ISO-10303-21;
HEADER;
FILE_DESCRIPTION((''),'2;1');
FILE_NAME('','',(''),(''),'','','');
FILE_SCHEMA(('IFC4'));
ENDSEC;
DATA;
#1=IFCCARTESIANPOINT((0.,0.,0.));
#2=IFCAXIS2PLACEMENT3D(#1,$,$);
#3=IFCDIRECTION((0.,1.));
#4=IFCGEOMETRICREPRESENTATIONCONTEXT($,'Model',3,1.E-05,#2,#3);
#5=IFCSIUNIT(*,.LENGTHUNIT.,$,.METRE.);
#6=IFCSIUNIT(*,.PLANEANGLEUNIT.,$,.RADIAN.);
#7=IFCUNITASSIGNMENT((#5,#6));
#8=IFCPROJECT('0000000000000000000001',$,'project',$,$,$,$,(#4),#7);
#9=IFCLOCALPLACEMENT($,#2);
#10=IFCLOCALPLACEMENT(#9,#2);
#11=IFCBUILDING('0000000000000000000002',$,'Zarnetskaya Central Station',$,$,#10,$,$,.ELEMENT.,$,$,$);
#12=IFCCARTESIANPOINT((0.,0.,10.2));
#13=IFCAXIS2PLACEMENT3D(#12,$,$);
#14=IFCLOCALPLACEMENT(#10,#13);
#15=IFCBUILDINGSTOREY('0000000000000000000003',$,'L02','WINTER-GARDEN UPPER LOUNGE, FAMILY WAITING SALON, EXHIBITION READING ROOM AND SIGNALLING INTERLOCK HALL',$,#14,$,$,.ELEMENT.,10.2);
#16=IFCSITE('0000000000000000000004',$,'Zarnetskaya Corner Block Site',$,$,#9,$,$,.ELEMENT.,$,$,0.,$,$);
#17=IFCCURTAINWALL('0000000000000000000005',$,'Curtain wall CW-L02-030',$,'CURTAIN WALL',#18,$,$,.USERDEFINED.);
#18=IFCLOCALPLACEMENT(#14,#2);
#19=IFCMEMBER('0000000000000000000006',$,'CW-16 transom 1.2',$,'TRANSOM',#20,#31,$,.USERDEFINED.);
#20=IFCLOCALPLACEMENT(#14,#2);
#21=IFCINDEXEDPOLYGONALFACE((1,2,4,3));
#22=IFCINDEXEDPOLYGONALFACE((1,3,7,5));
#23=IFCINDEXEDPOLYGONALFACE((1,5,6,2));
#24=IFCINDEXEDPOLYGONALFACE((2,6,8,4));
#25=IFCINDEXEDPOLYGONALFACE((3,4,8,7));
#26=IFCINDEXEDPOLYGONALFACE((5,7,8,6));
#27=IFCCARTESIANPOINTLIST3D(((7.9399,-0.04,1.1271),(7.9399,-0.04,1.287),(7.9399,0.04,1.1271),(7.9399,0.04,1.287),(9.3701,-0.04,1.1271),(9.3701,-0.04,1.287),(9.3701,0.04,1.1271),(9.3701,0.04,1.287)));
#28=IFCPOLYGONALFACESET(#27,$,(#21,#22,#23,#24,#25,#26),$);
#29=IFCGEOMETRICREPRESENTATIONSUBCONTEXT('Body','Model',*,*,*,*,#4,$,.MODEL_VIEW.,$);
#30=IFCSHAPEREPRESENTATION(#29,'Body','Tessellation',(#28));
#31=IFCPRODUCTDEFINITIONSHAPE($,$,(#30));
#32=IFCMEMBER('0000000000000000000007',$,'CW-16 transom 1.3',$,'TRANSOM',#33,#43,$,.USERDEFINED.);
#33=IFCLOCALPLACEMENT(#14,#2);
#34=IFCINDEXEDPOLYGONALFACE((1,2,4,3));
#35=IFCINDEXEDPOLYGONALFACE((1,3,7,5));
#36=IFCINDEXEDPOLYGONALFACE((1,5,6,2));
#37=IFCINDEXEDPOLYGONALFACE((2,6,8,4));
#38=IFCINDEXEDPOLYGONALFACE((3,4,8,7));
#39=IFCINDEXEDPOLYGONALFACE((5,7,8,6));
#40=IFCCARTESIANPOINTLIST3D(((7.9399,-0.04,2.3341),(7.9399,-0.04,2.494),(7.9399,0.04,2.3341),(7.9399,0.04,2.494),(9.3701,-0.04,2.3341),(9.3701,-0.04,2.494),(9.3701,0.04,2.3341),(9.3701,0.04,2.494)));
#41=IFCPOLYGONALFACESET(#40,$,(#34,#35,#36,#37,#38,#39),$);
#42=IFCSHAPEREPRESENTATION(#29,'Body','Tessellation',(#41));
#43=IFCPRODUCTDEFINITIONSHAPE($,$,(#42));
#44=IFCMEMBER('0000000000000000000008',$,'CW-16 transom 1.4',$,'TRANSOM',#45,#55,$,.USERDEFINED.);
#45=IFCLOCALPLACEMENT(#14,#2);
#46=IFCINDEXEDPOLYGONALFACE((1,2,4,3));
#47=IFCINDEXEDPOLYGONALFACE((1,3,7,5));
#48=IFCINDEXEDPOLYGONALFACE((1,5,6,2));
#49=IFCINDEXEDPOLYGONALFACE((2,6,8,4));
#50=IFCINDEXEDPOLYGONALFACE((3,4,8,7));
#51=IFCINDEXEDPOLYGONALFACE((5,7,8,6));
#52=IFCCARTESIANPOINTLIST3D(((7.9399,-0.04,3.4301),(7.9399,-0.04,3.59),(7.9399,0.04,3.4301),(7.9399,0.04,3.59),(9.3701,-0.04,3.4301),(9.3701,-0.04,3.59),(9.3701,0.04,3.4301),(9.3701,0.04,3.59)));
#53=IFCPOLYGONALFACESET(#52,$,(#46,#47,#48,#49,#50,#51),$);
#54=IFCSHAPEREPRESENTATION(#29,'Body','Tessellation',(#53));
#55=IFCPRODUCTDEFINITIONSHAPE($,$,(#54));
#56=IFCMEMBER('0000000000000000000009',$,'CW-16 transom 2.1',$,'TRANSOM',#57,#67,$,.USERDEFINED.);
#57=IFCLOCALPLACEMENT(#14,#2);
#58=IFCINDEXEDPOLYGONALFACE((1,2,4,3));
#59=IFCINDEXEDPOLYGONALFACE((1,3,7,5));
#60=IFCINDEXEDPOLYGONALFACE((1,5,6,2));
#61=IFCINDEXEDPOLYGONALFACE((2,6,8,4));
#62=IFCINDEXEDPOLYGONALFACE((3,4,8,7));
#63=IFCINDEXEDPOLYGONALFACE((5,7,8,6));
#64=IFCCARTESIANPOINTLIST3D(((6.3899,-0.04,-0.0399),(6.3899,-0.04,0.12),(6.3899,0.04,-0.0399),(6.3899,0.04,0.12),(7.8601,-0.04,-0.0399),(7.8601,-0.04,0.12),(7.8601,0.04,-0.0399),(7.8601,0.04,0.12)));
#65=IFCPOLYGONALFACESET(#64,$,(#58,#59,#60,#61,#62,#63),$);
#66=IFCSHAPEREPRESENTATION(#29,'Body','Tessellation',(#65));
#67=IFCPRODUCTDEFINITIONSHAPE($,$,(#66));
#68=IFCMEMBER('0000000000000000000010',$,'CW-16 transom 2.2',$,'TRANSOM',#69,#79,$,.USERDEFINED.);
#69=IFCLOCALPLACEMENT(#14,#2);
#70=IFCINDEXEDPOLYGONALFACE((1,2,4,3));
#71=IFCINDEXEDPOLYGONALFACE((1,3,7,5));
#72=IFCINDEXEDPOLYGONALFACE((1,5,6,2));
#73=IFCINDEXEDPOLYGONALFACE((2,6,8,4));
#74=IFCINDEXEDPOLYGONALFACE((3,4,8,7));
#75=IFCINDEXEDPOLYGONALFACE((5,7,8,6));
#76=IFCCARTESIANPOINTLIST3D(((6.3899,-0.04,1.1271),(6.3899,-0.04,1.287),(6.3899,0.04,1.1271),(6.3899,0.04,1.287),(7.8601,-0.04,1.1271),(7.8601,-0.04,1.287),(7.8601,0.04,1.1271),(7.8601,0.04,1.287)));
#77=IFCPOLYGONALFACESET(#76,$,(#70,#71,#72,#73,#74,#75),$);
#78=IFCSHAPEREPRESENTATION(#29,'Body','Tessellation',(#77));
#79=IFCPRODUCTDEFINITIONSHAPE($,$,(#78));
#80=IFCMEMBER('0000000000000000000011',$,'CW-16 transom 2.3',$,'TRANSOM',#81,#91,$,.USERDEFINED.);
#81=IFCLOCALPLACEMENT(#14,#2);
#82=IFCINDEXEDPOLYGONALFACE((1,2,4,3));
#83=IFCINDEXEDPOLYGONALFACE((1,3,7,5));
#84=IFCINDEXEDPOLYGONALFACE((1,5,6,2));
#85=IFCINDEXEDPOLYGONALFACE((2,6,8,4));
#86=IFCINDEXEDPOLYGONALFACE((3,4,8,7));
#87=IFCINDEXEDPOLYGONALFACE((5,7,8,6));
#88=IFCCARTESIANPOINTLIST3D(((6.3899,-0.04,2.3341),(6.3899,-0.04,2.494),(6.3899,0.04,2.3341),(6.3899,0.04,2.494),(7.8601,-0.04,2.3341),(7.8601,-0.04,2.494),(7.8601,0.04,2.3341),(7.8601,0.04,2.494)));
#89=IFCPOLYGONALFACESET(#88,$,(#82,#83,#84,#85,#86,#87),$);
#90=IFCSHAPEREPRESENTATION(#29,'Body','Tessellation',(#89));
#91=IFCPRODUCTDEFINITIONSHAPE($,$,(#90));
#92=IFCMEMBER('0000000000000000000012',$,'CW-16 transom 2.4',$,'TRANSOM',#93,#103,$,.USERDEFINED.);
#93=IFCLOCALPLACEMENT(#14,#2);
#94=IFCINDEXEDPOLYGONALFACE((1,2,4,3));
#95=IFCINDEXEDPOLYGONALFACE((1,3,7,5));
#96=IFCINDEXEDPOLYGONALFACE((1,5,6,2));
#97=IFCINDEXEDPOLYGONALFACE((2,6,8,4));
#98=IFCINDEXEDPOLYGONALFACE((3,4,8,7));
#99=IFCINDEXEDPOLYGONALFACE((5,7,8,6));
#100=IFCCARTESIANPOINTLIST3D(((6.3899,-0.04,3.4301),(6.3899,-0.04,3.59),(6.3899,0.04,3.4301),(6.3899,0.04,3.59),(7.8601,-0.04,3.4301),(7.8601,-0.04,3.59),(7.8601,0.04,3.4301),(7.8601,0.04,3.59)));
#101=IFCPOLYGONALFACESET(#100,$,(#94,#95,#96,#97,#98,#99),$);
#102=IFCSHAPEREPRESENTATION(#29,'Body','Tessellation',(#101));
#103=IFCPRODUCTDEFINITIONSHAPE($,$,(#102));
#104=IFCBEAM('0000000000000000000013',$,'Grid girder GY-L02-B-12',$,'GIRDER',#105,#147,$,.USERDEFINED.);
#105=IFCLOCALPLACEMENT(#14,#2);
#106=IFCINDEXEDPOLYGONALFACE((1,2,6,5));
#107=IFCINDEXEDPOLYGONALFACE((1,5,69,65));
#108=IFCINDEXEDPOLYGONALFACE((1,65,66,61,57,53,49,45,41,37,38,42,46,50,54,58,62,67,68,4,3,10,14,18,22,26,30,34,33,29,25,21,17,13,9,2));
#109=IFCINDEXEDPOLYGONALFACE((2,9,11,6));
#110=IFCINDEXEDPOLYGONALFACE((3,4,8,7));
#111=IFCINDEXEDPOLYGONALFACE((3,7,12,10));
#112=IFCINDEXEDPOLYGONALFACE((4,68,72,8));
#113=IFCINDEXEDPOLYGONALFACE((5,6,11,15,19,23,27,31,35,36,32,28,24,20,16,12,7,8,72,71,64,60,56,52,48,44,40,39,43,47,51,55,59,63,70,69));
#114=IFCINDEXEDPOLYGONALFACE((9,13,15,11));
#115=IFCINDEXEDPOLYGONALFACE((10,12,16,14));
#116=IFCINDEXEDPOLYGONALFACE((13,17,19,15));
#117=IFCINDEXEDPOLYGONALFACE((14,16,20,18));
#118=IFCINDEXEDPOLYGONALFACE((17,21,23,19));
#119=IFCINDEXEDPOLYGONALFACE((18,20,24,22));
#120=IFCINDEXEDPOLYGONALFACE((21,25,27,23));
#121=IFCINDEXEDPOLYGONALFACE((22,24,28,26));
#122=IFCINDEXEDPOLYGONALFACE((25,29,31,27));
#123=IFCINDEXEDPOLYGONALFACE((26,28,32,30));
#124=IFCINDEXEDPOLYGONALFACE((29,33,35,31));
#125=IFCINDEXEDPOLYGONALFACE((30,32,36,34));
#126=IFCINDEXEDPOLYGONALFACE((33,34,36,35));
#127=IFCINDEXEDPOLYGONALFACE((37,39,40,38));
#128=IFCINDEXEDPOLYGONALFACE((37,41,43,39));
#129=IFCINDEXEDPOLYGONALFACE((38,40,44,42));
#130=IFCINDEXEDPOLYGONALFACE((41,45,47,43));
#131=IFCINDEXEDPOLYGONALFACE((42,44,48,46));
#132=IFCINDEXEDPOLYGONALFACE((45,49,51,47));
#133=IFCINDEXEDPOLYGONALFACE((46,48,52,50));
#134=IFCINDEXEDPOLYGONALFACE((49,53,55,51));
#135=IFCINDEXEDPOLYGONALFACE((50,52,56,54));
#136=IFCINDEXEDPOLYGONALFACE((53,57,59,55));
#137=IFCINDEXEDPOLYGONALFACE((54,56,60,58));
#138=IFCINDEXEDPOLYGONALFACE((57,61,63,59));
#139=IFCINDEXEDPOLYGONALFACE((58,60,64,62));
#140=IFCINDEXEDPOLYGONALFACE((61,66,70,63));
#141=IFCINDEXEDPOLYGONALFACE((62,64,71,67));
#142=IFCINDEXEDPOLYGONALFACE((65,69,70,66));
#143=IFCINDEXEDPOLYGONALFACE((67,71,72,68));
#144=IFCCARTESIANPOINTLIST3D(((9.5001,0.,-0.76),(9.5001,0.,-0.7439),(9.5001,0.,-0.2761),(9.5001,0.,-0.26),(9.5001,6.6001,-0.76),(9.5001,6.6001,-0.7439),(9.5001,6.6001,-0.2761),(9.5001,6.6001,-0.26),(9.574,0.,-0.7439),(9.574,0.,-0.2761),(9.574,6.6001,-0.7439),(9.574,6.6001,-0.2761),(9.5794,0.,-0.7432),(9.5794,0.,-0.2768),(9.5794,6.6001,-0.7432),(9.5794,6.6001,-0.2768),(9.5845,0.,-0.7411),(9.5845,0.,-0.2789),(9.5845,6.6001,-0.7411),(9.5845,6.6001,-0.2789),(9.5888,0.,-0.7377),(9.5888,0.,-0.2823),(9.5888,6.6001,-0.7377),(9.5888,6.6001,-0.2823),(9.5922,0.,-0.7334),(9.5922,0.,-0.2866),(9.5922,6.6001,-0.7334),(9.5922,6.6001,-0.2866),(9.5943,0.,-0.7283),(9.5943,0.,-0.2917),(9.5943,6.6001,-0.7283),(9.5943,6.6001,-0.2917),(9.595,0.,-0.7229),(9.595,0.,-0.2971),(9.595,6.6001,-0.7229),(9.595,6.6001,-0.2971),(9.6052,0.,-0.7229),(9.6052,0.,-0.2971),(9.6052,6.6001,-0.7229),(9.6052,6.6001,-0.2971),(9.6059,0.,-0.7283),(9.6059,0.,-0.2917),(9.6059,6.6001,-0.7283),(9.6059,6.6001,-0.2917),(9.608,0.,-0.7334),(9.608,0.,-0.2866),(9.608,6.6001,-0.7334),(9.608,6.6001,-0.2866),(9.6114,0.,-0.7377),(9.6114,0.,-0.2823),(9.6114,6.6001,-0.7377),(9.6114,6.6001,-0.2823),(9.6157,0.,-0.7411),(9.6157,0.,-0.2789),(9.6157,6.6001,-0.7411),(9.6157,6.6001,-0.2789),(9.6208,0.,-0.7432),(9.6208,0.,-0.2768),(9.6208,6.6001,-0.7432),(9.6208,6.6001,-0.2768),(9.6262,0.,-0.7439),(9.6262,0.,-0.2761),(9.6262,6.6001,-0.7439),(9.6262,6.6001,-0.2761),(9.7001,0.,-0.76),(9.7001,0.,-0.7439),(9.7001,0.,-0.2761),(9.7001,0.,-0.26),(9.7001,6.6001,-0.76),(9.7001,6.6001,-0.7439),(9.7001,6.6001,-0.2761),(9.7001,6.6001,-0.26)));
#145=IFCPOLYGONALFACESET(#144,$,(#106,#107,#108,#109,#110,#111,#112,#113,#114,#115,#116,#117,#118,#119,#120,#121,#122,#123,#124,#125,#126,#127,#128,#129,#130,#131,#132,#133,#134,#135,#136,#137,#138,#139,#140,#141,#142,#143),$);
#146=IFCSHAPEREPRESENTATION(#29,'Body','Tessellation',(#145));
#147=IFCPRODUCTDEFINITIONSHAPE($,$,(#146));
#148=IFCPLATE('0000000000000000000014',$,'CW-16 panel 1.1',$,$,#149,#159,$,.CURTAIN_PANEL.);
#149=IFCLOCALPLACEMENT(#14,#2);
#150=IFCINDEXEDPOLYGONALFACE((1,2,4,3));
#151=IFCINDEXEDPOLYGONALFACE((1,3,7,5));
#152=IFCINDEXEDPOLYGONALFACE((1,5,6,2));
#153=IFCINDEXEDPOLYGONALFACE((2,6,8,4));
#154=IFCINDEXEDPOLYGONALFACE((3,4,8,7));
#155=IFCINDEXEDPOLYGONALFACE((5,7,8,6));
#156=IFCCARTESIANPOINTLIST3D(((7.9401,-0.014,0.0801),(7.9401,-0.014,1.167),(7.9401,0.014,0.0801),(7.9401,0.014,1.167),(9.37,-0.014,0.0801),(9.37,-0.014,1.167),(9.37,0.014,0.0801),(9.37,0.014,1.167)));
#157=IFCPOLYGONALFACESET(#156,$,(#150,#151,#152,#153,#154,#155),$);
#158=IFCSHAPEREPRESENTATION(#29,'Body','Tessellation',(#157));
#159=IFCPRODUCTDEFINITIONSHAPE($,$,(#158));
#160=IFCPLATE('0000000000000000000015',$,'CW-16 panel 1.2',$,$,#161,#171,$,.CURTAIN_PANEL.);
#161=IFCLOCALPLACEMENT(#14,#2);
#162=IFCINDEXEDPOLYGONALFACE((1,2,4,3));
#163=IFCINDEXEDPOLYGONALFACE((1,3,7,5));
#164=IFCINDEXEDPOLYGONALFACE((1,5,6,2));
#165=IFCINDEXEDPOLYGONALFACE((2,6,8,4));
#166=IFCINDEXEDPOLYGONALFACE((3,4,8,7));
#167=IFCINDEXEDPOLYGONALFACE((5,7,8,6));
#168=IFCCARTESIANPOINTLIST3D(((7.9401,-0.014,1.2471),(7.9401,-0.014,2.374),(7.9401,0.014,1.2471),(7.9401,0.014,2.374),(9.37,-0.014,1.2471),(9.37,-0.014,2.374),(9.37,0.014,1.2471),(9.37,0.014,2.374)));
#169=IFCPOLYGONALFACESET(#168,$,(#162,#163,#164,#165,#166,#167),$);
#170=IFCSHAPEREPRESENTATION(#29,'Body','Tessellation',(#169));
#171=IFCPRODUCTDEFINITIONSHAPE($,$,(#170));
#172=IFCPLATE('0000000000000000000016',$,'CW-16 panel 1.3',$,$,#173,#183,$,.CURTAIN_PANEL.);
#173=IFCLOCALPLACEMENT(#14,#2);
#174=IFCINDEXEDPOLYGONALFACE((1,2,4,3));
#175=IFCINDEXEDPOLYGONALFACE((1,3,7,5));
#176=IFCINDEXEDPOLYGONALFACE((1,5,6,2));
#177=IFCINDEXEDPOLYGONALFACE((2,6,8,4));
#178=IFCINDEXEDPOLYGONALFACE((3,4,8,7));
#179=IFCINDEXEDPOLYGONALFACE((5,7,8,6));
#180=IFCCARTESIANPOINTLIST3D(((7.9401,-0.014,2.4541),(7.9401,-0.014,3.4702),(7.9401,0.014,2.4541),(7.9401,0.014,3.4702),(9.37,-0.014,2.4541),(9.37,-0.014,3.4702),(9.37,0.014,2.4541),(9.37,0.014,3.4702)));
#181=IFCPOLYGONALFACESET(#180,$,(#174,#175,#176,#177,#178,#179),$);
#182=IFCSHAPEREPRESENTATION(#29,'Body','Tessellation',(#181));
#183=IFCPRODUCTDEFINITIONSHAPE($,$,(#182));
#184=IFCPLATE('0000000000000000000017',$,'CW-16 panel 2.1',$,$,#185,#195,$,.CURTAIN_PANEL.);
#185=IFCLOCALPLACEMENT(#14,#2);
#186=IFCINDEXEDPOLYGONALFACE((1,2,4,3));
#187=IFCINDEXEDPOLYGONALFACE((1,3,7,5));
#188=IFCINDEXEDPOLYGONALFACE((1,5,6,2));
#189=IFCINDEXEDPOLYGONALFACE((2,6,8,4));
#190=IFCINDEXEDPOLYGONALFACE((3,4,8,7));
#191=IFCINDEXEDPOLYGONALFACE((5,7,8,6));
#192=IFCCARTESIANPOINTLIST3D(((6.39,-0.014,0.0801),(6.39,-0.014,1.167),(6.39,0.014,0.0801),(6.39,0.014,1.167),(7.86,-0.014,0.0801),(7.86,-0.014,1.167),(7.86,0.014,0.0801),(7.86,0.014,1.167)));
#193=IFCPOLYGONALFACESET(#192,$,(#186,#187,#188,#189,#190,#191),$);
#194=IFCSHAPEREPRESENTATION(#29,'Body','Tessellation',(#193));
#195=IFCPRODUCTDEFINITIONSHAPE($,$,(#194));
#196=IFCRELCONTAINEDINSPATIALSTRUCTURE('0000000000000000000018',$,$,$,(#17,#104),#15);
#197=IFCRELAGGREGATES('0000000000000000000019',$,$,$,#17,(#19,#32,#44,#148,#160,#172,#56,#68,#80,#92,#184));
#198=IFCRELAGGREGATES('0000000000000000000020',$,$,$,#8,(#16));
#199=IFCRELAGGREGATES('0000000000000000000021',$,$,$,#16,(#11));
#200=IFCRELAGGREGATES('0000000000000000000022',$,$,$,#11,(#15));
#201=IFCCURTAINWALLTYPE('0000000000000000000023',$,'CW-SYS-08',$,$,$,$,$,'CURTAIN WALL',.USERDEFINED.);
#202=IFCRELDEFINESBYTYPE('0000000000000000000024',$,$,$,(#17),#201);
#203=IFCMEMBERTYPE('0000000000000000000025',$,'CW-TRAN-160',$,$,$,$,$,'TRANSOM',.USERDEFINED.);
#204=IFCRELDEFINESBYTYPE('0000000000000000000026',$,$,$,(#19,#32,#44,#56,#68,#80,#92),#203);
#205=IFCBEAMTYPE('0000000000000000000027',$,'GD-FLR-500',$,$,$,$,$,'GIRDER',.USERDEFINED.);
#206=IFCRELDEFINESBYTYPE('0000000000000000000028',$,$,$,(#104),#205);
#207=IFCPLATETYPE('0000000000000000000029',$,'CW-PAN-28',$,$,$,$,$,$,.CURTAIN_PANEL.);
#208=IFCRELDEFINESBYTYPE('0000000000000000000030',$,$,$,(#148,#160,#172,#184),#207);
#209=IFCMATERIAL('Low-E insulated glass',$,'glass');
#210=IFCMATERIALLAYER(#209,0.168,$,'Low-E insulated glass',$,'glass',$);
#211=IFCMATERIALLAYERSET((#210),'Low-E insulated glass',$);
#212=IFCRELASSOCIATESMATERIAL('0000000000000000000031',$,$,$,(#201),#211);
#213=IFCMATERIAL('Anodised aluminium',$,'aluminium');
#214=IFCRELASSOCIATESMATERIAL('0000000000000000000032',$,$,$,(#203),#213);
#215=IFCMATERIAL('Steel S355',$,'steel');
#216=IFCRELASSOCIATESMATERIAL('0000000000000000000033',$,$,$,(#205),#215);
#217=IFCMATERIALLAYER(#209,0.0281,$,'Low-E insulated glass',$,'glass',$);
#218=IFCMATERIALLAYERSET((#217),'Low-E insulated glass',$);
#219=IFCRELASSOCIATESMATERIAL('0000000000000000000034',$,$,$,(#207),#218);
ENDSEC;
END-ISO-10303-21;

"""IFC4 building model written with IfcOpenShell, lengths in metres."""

from ifc_helpers import new_model, si_unit, direction, frame, origin, origin_2d, place, context, subcontext, project, spatial, rectangle, i_section, extrude, material, layer, layer_set, material_profile, profile_set, type_object, element, aggregate, save


model = new_model("IFC4")

# Units and contexts
model_context = context("Model", 3, precision=1e-05, world=origin(), true_north=direction((0.0, 1.0)))
body_context = subcontext(model_context, "Body", "Model", "MODEL_VIEW")
ifc_project = project(units=[si_unit("LENGTHUNIT", "METRE"), si_unit("PLANEANGLEUNIT", "RADIAN")], contexts=[model_context])

# Site, building, storey
site_placement = place(None, origin())
site = spatial("IfcSite", under=ifc_project, at=site_placement, Name="Zarnetskaya Corner Block Site", CompositionType="ELEMENT", RefElevation=0.0)
building_placement = place(site_placement, origin())
building = spatial("IfcBuilding", under=site, at=building_placement, Name="Zarnetskaya Central Station", CompositionType="ELEMENT")
storey_placement = place(building_placement, frame((0.0, 0.0, 10.2)))
storey = spatial("IfcBuildingStorey", under=building, at=storey_placement, Name="L02", Description="WINTER-GARDEN UPPER LOUNGE, FAMILY WAITING SALON, EXHIBITION READING ROOM AND SIGNALLING INTERLOCK HALL", CompositionType="ELEMENT", Elevation=10.2)

# Shared definitions
ifc_material_1 = material(Name="Steel S355", Category="steel")

# Shared definitions
ifc_material_2 = material(Name="Low-E insulated glass", Category="glass")
ifc_material_3 = material(Name="Anodised aluminium", Category="aluminium")

# Curtain wall
ifc_layer_1 = layer(ifc_material_2, 0.168, Name="Low-E insulated glass", Category="glass")
ifc_layer_set_1 = layer_set([ifc_layer_1], Name="Low-E insulated glass")
curtain_wall_type_1 = type_object("IfcCurtainWallType", Name="CW-SYS-08", ElementType="CURTAIN WALL", PredefinedType="USERDEFINED", material=ifc_layer_set_1)
curtain_wall_1_placement = place(storey_placement, origin())
curtain_wall_1 = element("IfcCurtainWall", 1, at=curtain_wall_1_placement, inside=storey, type_object=curtain_wall_type_1, Name="Curtain wall CW-L02-030", ObjectType="CURTAIN WALL", PredefinedType="USERDEFINED")

# Members
ifc_material_profile_1 = material_profile(ifc_material_3, rectangle(XDim=0.0801, YDim=0.1599, at=origin_2d()), Name="ALU TRAN 80x160")
ifc_profile_set_1 = profile_set([ifc_material_profile_1], Name="Anodised aluminium")
member_type_1 = type_object("IfcMemberType", Name="CW-TRAN-160", ElementType="TRANSOM", PredefinedType="USERDEFINED", material=ifc_profile_set_1)
member_1_placement = place(storey_placement, frame((9.3701, 0.0, 1.207), z_axis=(-1.0, 0.0, 0.0), x_axis=(0.0, -1.0, 0.0)))
member_1 = element("IfcMember", 2, at=member_1_placement, type_object=member_type_1, Name="CW-16 transom 1.2", ObjectType="TRANSOM", PredefinedType="USERDEFINED", context=body_context, shape_type="SweptSolid", body=[
    extrude(rectangle(XDim=0.0801, YDim=0.1599, at=origin_2d()), origin(), (0.0, 0.0, 1.0), 1.4302),
])
member_2_placement = place(storey_placement, frame((9.3701, 0.0, 2.4141), z_axis=(-1.0, 0.0, 0.0), x_axis=(0.0, -1.0, 0.0)))
member_2 = element("IfcMember", 3, at=member_2_placement, type_object=member_type_1, Name="CW-16 transom 1.3", ObjectType="TRANSOM", PredefinedType="USERDEFINED", context=body_context, shape_type="SweptSolid", body=[
    extrude(rectangle(XDim=0.0801, YDim=0.1599, at=origin_2d()), origin(), (0.0, 0.0, 1.0), 1.4302),
])
member_3_placement = place(storey_placement, frame((9.3701, 0.0, 3.51), z_axis=(-1.0, 0.0, 0.0), x_axis=(0.0, -1.0, 0.0)))
member_3 = element("IfcMember", 4, at=member_3_placement, type_object=member_type_1, Name="CW-16 transom 1.4", ObjectType="TRANSOM", PredefinedType="USERDEFINED", context=body_context, shape_type="SweptSolid", body=[
    extrude(rectangle(XDim=0.0801, YDim=0.1599, at=origin_2d()), origin(), (0.0, 0.0, 1.0), 1.4302),
])
member_4_placement = place(storey_placement, frame((7.8601, 0.0, 0.04), z_axis=(-1.0, 0.0, 0.0), x_axis=(0.0, -1.0, 0.0)))
member_4 = element("IfcMember", 5, at=member_4_placement, type_object=member_type_1, Name="CW-16 transom 2.1", ObjectType="TRANSOM", PredefinedType="USERDEFINED", context=body_context, shape_type="SweptSolid", body=[
    extrude(rectangle(XDim=0.0801, YDim=0.1599, at=origin_2d()), origin(), (0.0, 0.0, 1.0), 1.4702),
])
member_5_placement = place(storey_placement, frame((7.8601, 0.0, 1.207), z_axis=(-1.0, 0.0, 0.0), x_axis=(0.0, -1.0, 0.0)))
member_5 = element("IfcMember", 6, at=member_5_placement, type_object=member_type_1, Name="CW-16 transom 2.2", ObjectType="TRANSOM", PredefinedType="USERDEFINED", context=body_context, shape_type="SweptSolid", body=[
    extrude(rectangle(XDim=0.0801, YDim=0.1599, at=origin_2d()), origin(), (0.0, 0.0, 1.0), 1.4702),
])
member_6_placement = place(storey_placement, frame((7.8601, 0.0, 2.4141), z_axis=(-1.0, 0.0, 0.0), x_axis=(0.0, -1.0, 0.0)))
member_6 = element("IfcMember", 7, at=member_6_placement, type_object=member_type_1, Name="CW-16 transom 2.3", ObjectType="TRANSOM", PredefinedType="USERDEFINED", context=body_context, shape_type="SweptSolid", body=[
    extrude(rectangle(XDim=0.0801, YDim=0.1599, at=origin_2d()), origin(), (0.0, 0.0, 1.0), 1.4702),
])
member_7_placement = place(storey_placement, frame((7.8601, 0.0, 3.51), z_axis=(-1.0, 0.0, 0.0), x_axis=(0.0, -1.0, 0.0)))
member_7 = element("IfcMember", 8, at=member_7_placement, type_object=member_type_1, Name="CW-16 transom 2.4", ObjectType="TRANSOM", PredefinedType="USERDEFINED", context=body_context, shape_type="SweptSolid", body=[
    extrude(rectangle(XDim=0.0801, YDim=0.1599, at=origin_2d()), origin(), (0.0, 0.0, 1.0), 1.4702),
])

# Beam
ifc_material_profile_2 = material_profile(ifc_material_1, i_section(OverallWidth=0.2, OverallDepth=0.5, WebThickness=0.0103, FlangeThickness=0.0161, FilletRadius=0.021, at=origin_2d()), Name="IPE 500")
ifc_profile_set_2 = profile_set([ifc_material_profile_2], Name="Steel S355")
beam_type_1 = type_object("IfcBeamType", Name="GD-FLR-500", ElementType="GIRDER", PredefinedType="USERDEFINED", material=ifc_profile_set_2)
beam_1_placement = place(storey_placement, frame((9.6001, 0.0, -0.51), z_axis=(0.0, 1.0, 0.0), x_axis=(-1.0, 0.0, 0.0)))
element("IfcBeam", 9, at=beam_1_placement, inside=storey, type_object=beam_type_1, Name="Grid girder GY-L02-B-12", ObjectType="GIRDER", PredefinedType="USERDEFINED", context=body_context, shape_type="SweptSolid", body=[
    extrude(i_section(OverallWidth=0.2, OverallDepth=0.5, WebThickness=0.0103, FlangeThickness=0.0161, FilletRadius=0.021, at=origin_2d()), origin(), (0.0, 0.0, 1.0), 6.6001),
])

# Plates
ifc_layer_2 = layer(ifc_material_2, 0.0281, Name="Low-E insulated glass", Category="glass")
ifc_layer_set_2 = layer_set([ifc_layer_2], Name="Low-E insulated glass")
plate_type_1 = type_object("IfcPlateType", Name="CW-PAN-28", PredefinedType="CURTAIN_PANEL", material=ifc_layer_set_2)
plate_1_placement = place(storey_placement, frame((8.655, 0.0, 0.0801), z_axis=(0.0, 0.0, 1.0), x_axis=(-1.0, 0.0, 0.0)))
plate_1 = element("IfcPlate", 10, at=plate_1_placement, type_object=plate_type_1, Name="CW-16 panel 1.1", PredefinedType="CURTAIN_PANEL", context=body_context, shape_type="SweptSolid", body=[
    extrude(rectangle(XDim=1.4299, YDim=0.0281, at=origin_2d()), origin(), (0.0, 0.0, 1.0), 1.0869),
])
plate_2_placement = place(storey_placement, frame((8.655, 0.0, 1.2471), z_axis=(0.0, 0.0, 1.0), x_axis=(-1.0, 0.0, 0.0)))
plate_2 = element("IfcPlate", 11, at=plate_2_placement, type_object=plate_type_1, Name="CW-16 panel 1.2", PredefinedType="CURTAIN_PANEL", context=body_context, shape_type="SweptSolid", body=[
    extrude(rectangle(XDim=1.4299, YDim=0.0281, at=origin_2d()), origin(), (0.0, 0.0, 1.0), 1.127),
])
plate_3_placement = place(storey_placement, frame((8.655, 0.0, 2.4541), z_axis=(0.0, 0.0, 1.0), x_axis=(-1.0, 0.0, 0.0)))
plate_3 = element("IfcPlate", 12, at=plate_3_placement, type_object=plate_type_1, Name="CW-16 panel 1.3", PredefinedType="CURTAIN_PANEL", context=body_context, shape_type="SweptSolid", body=[
    extrude(rectangle(XDim=1.4299, YDim=0.0281, at=origin_2d()), origin(), (0.0, 0.0, 1.0), 1.0161),
])
plate_4_placement = place(storey_placement, frame((7.125, 0.0, 0.0801), z_axis=(0.0, 0.0, 1.0), x_axis=(-1.0, 0.0, 0.0)))
plate_4 = element("IfcPlate", 13, at=plate_4_placement, type_object=plate_type_1, Name="CW-16 panel 2.1", PredefinedType="CURTAIN_PANEL", context=body_context, shape_type="SweptSolid", body=[
    extrude(rectangle(XDim=1.47, YDim=0.0281, at=origin_2d()), origin(), (0.0, 0.0, 1.0), 1.0869),
])
aggregate(curtain_wall_1, [member_1, member_2, member_3, plate_1, plate_2, plate_3, member_4, member_5, member_6, member_7, plate_4])

save(model, "model.ifc")
